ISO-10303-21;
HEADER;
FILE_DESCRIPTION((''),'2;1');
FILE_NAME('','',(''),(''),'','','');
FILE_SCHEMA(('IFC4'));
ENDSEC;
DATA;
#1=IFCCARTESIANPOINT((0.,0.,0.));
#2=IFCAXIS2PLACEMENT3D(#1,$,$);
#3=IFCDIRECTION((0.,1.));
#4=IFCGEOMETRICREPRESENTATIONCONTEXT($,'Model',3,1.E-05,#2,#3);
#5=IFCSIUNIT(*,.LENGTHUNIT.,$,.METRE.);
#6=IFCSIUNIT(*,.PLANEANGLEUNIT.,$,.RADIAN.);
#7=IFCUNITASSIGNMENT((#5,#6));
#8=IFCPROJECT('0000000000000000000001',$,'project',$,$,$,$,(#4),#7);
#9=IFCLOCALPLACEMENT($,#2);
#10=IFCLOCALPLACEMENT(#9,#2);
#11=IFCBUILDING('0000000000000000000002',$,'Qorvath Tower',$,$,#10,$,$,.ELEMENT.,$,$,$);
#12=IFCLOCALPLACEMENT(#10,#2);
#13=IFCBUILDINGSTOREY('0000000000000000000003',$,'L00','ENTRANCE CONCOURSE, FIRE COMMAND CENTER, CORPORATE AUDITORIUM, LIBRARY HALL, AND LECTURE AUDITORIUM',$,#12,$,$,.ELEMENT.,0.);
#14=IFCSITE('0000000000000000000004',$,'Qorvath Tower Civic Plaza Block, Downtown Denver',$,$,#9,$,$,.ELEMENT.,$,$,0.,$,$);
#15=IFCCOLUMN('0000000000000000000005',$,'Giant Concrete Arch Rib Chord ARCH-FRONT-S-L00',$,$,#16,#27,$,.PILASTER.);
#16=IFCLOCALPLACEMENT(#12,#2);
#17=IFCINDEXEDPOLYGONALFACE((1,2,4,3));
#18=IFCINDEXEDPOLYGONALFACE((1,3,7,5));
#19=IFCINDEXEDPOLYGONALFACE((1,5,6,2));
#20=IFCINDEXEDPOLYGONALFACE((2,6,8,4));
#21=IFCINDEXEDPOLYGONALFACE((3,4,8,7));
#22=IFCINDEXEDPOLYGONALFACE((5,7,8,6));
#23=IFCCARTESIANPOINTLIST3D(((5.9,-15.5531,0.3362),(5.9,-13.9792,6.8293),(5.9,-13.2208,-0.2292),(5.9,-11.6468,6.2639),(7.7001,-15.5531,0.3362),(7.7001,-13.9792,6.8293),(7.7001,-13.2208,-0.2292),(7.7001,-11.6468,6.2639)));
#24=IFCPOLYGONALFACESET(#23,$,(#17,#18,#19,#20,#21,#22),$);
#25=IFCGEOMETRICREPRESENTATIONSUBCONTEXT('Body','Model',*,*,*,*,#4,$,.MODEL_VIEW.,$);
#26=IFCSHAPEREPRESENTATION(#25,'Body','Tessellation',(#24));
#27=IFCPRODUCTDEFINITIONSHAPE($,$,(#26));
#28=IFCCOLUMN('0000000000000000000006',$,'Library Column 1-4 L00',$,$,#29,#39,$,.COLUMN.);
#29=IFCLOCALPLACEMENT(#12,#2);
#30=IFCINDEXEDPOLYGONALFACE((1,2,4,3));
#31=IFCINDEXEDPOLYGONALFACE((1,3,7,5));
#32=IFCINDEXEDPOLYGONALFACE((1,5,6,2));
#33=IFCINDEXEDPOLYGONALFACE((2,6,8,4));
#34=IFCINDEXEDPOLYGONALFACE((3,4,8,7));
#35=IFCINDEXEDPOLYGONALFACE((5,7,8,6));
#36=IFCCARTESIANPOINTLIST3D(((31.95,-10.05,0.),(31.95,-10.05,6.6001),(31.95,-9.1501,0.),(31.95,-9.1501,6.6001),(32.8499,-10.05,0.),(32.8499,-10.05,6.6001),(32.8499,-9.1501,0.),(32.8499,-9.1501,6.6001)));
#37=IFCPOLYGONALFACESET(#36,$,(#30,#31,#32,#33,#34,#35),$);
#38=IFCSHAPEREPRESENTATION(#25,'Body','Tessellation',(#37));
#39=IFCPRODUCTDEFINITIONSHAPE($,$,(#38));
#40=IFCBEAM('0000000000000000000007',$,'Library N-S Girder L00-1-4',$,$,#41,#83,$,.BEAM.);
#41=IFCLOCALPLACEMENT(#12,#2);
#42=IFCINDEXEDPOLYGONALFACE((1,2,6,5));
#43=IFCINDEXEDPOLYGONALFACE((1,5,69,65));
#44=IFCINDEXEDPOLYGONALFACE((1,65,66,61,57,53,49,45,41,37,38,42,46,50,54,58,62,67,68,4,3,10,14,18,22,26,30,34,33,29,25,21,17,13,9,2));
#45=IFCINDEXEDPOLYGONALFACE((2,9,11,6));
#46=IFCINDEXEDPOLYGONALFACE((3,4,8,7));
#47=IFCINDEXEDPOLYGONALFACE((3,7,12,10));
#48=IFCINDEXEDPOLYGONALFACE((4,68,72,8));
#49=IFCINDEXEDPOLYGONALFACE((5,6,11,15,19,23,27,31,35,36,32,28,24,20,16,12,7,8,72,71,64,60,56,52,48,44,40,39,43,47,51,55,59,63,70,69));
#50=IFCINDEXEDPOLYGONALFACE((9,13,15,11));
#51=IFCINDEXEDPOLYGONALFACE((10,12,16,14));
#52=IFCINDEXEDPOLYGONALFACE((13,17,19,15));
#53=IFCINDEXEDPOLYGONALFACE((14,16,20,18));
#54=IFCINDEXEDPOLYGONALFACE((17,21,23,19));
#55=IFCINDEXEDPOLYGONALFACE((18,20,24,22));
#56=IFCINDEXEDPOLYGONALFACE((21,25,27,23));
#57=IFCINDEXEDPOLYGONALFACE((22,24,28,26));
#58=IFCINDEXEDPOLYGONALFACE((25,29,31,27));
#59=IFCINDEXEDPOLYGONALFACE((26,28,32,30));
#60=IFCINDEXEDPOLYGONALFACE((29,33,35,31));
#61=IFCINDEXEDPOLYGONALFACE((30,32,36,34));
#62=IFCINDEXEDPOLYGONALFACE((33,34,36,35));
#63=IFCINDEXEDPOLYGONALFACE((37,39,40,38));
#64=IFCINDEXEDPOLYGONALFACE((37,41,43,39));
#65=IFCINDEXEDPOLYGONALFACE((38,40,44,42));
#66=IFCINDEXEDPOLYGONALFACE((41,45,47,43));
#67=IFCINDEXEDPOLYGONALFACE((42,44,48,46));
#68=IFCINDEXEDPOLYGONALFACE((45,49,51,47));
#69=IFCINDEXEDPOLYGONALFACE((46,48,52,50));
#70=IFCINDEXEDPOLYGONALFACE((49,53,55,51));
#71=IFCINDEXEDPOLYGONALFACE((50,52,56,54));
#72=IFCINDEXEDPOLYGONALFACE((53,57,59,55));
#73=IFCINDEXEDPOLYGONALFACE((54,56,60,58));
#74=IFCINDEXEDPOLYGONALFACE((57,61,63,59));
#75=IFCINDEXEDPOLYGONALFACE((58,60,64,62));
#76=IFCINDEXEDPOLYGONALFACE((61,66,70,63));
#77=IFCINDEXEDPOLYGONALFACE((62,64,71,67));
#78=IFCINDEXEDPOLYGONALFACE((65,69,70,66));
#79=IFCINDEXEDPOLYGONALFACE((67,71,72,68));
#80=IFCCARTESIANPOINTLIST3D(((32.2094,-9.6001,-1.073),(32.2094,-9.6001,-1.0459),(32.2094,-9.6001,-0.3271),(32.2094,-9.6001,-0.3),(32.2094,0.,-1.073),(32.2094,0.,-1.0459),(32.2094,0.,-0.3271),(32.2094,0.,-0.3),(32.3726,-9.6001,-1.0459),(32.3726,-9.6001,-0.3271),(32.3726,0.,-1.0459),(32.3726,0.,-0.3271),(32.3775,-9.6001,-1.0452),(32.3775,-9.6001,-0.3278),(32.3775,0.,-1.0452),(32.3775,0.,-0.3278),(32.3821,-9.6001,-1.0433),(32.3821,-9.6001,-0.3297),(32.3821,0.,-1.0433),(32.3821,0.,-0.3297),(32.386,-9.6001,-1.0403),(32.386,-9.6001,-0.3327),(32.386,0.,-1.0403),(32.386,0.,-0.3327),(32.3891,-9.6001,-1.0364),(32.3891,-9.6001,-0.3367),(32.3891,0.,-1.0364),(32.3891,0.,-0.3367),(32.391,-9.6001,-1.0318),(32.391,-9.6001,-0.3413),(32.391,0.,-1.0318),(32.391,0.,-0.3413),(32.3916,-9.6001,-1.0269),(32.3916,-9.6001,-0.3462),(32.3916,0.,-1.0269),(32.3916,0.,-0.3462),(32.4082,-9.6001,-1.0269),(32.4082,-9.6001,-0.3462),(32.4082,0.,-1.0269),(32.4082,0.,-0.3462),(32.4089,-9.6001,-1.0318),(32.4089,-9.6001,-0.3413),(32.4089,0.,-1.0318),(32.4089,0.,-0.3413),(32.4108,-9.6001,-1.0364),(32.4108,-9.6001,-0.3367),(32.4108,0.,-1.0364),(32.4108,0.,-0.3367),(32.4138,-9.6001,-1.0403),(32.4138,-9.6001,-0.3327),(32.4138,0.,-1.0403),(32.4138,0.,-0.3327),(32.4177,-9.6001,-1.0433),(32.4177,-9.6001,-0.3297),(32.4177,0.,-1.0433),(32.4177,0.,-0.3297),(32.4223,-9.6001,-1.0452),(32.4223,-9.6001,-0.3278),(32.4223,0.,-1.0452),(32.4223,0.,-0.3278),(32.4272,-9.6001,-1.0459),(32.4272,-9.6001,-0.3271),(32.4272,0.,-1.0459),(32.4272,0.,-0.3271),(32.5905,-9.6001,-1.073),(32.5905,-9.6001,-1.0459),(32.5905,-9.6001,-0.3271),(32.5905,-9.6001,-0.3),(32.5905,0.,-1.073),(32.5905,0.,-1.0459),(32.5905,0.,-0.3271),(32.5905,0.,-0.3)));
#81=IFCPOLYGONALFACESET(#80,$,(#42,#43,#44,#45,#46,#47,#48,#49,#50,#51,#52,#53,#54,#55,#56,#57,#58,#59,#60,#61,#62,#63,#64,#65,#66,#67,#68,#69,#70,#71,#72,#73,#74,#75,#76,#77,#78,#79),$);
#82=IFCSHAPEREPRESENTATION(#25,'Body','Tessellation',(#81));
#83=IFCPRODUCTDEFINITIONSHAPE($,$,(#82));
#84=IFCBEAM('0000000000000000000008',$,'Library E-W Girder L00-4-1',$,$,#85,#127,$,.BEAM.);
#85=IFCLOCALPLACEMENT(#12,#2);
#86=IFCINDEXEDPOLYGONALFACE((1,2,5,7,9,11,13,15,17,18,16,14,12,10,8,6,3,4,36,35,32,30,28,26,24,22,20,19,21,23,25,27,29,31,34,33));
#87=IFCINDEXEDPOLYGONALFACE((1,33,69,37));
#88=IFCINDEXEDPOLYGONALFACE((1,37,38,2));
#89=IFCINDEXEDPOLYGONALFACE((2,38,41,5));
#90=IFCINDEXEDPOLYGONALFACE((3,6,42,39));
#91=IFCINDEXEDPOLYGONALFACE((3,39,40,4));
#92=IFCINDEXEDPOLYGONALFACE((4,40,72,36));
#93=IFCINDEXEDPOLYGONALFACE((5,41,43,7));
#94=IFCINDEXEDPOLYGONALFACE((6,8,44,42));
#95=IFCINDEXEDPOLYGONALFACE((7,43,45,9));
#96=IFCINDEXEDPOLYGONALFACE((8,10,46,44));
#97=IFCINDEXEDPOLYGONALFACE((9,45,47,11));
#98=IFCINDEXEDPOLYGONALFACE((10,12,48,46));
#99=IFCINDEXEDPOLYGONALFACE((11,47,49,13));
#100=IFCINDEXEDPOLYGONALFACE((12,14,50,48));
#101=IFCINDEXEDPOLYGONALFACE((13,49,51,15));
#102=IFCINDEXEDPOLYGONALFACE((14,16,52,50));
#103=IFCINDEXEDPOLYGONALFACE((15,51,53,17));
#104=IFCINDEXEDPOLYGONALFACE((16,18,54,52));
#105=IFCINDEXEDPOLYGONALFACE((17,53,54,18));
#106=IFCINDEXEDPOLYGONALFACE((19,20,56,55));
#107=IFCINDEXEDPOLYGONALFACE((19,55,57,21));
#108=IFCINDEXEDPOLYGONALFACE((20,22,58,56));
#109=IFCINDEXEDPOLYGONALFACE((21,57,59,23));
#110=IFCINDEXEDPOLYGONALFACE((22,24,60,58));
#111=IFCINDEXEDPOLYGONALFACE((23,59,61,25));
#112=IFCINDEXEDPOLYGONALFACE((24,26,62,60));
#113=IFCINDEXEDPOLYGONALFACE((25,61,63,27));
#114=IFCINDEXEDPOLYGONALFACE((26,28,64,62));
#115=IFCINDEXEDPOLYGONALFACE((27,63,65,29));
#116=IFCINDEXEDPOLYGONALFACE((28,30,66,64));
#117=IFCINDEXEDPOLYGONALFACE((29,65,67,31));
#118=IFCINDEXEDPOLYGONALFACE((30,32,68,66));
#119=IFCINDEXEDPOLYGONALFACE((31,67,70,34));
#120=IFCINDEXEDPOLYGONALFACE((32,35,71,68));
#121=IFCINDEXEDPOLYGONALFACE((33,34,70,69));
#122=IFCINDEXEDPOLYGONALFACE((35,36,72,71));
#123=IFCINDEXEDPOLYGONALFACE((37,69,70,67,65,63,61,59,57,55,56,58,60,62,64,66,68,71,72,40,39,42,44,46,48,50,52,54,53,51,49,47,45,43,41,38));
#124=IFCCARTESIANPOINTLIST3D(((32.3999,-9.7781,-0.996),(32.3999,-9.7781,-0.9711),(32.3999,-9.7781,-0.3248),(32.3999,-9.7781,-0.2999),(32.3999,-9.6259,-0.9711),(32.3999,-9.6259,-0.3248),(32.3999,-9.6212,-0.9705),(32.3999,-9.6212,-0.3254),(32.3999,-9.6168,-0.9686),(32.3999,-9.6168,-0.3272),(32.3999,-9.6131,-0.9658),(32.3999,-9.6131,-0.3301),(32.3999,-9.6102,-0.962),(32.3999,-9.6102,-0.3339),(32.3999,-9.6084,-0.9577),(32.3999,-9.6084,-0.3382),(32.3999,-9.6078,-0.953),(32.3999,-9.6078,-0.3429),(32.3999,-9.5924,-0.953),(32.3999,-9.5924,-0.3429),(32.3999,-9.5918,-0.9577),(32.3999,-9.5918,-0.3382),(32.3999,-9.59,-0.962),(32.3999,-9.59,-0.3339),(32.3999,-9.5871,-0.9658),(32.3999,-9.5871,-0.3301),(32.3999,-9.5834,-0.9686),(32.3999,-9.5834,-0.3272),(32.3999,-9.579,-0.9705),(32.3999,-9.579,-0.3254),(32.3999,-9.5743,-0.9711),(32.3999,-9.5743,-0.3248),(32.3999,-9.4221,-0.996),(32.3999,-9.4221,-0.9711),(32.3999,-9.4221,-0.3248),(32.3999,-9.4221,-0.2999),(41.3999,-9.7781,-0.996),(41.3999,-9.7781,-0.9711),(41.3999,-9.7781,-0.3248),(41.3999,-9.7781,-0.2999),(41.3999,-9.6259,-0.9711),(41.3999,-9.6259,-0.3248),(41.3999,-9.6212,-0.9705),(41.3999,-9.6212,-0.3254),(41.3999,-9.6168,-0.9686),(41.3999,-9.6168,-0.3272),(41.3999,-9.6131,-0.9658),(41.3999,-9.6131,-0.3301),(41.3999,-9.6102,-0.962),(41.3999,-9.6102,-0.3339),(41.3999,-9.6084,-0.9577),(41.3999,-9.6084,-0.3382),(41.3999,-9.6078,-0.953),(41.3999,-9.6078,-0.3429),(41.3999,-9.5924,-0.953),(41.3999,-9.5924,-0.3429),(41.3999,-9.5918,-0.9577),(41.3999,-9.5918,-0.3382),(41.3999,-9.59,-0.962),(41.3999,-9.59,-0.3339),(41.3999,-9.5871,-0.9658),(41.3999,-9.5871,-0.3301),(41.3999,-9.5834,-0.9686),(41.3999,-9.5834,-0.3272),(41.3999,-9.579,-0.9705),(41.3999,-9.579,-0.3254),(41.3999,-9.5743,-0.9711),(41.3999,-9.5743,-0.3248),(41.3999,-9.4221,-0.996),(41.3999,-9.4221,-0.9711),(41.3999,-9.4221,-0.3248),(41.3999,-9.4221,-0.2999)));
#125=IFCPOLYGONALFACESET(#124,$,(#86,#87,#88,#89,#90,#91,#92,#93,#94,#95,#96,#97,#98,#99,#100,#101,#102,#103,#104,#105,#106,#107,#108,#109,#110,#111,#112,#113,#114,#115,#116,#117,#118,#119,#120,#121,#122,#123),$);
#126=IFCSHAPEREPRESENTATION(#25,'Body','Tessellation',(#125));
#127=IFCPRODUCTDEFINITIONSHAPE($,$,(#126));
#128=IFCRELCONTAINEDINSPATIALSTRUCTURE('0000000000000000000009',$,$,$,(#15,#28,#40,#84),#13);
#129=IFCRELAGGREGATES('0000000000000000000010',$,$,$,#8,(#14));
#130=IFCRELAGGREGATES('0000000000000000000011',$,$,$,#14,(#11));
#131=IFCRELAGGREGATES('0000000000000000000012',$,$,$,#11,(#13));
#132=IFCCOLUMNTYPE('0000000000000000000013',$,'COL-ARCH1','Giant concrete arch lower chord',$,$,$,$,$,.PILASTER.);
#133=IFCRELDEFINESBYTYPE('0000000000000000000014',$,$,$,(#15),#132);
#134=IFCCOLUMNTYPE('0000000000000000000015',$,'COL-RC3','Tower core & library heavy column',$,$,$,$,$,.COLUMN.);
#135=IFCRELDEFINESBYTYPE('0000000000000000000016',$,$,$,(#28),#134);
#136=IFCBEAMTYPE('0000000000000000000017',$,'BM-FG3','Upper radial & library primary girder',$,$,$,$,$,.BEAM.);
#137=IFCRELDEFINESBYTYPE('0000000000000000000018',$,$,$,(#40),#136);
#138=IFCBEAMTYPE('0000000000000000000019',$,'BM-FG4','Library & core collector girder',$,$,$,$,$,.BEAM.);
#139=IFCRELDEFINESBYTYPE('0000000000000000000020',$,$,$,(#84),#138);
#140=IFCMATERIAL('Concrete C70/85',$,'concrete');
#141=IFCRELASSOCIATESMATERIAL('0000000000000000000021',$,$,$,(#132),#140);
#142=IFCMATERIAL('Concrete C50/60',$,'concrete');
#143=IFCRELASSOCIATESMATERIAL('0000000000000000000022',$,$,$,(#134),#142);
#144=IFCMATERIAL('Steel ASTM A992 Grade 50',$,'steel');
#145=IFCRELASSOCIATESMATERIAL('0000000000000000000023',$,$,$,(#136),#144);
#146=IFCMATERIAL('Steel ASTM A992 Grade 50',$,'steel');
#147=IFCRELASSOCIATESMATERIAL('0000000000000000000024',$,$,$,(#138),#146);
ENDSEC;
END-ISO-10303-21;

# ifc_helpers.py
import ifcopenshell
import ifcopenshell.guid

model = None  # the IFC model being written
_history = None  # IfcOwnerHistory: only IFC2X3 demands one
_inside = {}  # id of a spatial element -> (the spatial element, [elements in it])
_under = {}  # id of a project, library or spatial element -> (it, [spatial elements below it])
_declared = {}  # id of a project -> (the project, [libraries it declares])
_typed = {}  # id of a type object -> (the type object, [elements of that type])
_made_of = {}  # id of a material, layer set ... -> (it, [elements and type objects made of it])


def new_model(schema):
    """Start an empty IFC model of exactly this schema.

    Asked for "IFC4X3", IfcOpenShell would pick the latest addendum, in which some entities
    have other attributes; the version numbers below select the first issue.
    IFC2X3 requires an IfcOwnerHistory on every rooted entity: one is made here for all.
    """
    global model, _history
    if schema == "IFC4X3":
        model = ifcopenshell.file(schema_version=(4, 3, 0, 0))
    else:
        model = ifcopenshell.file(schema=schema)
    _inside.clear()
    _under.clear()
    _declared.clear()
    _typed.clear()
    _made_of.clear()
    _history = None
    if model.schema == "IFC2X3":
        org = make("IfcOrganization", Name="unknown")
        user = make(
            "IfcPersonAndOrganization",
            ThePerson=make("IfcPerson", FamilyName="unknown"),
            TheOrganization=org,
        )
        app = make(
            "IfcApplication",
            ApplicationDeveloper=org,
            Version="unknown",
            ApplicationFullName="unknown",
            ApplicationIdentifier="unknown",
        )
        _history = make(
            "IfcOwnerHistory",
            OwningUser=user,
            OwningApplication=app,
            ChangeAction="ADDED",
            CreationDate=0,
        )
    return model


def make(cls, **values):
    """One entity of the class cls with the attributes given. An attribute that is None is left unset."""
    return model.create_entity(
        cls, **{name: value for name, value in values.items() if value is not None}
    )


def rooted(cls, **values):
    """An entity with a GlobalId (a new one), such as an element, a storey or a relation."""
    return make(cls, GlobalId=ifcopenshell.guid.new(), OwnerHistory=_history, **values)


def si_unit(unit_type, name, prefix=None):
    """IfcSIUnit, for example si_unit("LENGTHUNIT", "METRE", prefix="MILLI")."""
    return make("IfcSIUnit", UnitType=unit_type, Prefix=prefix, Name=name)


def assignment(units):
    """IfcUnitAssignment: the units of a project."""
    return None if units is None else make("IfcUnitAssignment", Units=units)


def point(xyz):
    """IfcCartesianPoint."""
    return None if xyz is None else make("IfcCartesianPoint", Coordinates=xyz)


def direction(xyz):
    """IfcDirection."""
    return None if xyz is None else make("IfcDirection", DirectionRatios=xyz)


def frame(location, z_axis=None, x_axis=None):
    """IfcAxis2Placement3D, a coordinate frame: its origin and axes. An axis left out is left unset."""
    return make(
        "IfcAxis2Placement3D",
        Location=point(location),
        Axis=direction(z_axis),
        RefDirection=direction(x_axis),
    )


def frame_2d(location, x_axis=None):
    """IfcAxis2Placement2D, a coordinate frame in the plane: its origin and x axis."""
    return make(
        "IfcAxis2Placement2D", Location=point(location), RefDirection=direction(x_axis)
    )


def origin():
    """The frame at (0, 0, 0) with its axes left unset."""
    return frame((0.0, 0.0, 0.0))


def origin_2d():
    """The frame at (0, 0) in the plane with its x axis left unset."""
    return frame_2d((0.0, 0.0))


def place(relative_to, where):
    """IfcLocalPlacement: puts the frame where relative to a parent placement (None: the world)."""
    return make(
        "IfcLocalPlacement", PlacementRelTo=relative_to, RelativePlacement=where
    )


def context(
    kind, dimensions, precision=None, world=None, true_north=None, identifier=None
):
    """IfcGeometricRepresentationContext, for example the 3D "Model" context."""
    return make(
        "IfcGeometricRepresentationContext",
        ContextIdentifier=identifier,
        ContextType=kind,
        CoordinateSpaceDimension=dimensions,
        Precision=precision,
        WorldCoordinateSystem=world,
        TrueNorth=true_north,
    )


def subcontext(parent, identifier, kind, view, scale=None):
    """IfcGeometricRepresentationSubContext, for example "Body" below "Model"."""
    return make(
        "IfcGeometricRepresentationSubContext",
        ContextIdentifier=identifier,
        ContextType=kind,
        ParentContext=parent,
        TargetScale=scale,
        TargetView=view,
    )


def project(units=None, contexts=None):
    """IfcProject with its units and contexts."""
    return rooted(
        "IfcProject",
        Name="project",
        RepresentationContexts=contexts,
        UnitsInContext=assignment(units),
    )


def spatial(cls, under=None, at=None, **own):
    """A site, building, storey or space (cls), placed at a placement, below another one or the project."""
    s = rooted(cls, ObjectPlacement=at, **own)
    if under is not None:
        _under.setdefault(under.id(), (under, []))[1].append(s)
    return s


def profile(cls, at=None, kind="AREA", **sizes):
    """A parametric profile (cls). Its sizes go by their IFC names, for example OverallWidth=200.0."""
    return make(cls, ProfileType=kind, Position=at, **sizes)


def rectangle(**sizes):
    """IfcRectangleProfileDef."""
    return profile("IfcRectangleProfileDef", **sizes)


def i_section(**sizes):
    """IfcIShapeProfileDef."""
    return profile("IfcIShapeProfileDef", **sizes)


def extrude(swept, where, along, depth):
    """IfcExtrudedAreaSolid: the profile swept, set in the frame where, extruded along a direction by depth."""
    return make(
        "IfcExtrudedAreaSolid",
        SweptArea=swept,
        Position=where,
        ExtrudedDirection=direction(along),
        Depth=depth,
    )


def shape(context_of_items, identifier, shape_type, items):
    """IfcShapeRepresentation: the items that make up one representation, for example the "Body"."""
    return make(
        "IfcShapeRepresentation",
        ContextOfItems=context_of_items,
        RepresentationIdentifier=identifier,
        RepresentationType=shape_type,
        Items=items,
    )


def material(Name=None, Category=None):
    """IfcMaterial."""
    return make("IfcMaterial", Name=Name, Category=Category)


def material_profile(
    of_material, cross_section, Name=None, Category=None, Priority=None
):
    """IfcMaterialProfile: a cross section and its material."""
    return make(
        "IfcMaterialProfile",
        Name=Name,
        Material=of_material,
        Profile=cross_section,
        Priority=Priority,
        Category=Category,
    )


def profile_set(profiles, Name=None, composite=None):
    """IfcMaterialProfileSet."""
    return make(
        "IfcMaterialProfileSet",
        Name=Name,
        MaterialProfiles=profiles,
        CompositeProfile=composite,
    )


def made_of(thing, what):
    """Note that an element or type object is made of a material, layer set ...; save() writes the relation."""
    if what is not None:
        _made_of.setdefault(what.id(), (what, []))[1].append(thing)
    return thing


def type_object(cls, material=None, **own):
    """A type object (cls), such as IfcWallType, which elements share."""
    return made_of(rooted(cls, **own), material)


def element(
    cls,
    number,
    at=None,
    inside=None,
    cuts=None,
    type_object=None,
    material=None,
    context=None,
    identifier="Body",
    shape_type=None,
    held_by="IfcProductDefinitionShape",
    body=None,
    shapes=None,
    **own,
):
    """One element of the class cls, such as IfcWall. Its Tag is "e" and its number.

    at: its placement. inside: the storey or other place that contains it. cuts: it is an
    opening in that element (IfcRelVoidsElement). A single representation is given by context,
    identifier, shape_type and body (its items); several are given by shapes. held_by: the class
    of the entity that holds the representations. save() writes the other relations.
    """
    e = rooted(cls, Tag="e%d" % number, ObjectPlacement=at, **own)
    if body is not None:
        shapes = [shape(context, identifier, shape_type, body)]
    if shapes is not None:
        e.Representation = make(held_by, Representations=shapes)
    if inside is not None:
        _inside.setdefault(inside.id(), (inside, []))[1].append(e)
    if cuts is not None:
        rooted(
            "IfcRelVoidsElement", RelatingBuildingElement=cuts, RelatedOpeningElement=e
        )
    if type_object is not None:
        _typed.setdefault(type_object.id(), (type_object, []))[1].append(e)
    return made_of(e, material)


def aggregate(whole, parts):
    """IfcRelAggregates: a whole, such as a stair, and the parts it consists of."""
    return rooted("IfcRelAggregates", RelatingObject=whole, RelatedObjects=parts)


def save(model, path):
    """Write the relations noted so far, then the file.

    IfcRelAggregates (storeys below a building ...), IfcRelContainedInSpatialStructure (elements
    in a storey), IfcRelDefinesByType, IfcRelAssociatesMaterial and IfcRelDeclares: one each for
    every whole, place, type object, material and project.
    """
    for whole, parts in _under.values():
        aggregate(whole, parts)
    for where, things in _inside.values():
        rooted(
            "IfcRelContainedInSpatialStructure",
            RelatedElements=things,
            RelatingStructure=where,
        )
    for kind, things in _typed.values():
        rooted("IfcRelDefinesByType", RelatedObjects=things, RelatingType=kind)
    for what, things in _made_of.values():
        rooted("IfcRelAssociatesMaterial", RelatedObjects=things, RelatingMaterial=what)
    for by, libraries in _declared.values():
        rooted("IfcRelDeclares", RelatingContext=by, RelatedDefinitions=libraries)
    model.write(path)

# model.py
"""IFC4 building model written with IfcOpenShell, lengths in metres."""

from ifc_helpers import new_model, si_unit, direction, frame, origin, origin_2d, place, context, subcontext, project, spatial, rectangle, i_section, extrude, material, material_profile, profile_set, type_object, element, save


model = new_model("IFC4")

# Units and contexts
model_context = context("Model", 3, precision=1e-05, world=origin(), true_north=direction((0.0, 1.0)))
body_context = subcontext(model_context, "Body", "Model", "MODEL_VIEW")
ifc_project = project(units=[si_unit("LENGTHUNIT", "METRE"), si_unit("PLANEANGLEUNIT", "RADIAN")], contexts=[model_context])

# Site, building, storey
site_placement = place(None, origin())
site = spatial("IfcSite", under=ifc_project, at=site_placement, Name="Qorvath Tower Civic Plaza Block, Downtown Denver", CompositionType="ELEMENT", RefElevation=0.0)
building_placement = place(site_placement, origin())
building = spatial("IfcBuilding", under=site, at=building_placement, Name="Qorvath Tower", CompositionType="ELEMENT")
storey_placement = place(building_placement, origin())
storey = spatial("IfcBuildingStorey", under=building, at=storey_placement, Name="L00", Description="ENTRANCE CONCOURSE, FIRE COMMAND CENTER, CORPORATE AUDITORIUM, LIBRARY HALL, AND LECTURE AUDITORIUM", CompositionType="ELEMENT", Elevation=0.0)

# Columns
ifc_material_1 = material(Name="Concrete C70/85", Category="concrete")
ifc_material_profile_1 = material_profile(ifc_material_1, rectangle(XDim=1.8, YDim=2.3999, at=origin_2d()), Name="ARCH 2400x1800")
ifc_profile_set_1 = profile_set([ifc_material_profile_1], Name="Concrete C70/85")
column_type_1 = type_object("IfcColumnType", Name="COL-ARCH1", Description="Giant concrete arch lower chord", PredefinedType="PILASTER", material=ifc_profile_set_1)
column_1_placement = place(storey_placement, frame((6.8, -14.387, 0.0535), z_axis=(0.0, 0.235582, 0.971854), x_axis=(-1.0, 0.0, 0.0)))
element("IfcColumn", 1, at=column_1_placement, inside=storey, type_object=column_type_1, Name="Giant Concrete Arch Rib Chord ARCH-FRONT-S-L00", PredefinedType="PILASTER", context=body_context, shape_type="SweptSolid", body=[
    extrude(rectangle(XDim=1.8, YDim=2.3999, at=origin_2d()), origin(), (0.0, 0.0, 1.0), 6.6812),
])
ifc_material_2 = material(Name="Concrete C50/60", Category="concrete")
ifc_material_profile_2 = material_profile(ifc_material_2, rectangle(XDim=0.8999, YDim=0.8999, at=origin_2d()), Name="RC 900x900")
ifc_profile_set_2 = profile_set([ifc_material_profile_2], Name="Concrete C50/60")
column_type_2 = type_object("IfcColumnType", Name="COL-RC3", Description="Tower core & library heavy column", PredefinedType="COLUMN", material=ifc_profile_set_2)
column_2_placement = place(storey_placement, frame((32.3999, -9.6001, 0.0), z_axis=(0.0, 0.0, 1.0), x_axis=(1.0, 0.0, 0.0)))
element("IfcColumn", 2, at=column_2_placement, inside=storey, type_object=column_type_2, Name="Library Column 1-4 L00", PredefinedType="COLUMN", context=body_context, shape_type="SweptSolid", body=[
    extrude(rectangle(XDim=0.8999, YDim=0.8999, at=origin_2d()), origin(), (0.0, 0.0, 1.0), 6.6001),
])

# Beams
ifc_material_3 = material(Name="Steel ASTM A992 Grade 50", Category="steel")
ifc_material_profile_3 = material_profile(ifc_material_3, i_section(OverallWidth=0.3811, OverallDepth=0.7729, WebThickness=0.0166, FlangeThickness=0.0271, FilletRadius=0.019, at=origin_2d()), Name="W30x173")
ifc_profile_set_3 = profile_set([ifc_material_profile_3], Name="Steel ASTM A992 Grade 50")
beam_type_1 = type_object("IfcBeamType", Name="BM-FG3", Description="Upper radial & library primary girder", PredefinedType="BEAM", material=ifc_profile_set_3)
beam_1_placement = place(storey_placement, frame((32.3999, -9.6001, -0.6865), z_axis=(0.0, 1.0, 0.0), x_axis=(-1.0, 0.0, 0.0)))
element("IfcBeam", 3, at=beam_1_placement, inside=storey, type_object=beam_type_1, Name="Library N-S Girder L00-1-4", PredefinedType="BEAM", context=body_context, shape_type="SweptSolid", body=[
    extrude(i_section(OverallWidth=0.3811, OverallDepth=0.7729, WebThickness=0.0166, FlangeThickness=0.0271, FilletRadius=0.019, at=origin_2d()), origin(), (0.0, 0.0, 1.0), 9.6001),
])
ifc_material_4 = material(Name="Steel ASTM A992 Grade 50", Category="steel")
ifc_material_profile_4 = material_profile(ifc_material_4, i_section(OverallWidth=0.356, OverallDepth=0.696, WebThickness=0.0154, FlangeThickness=0.0249, FilletRadius=0.0181, at=origin_2d()), Name="W27x146")
ifc_profile_set_4 = profile_set([ifc_material_profile_4], Name="Steel ASTM A992 Grade 50")
beam_type_2 = type_object("IfcBeamType", Name="BM-FG4", Description="Library & core collector girder", PredefinedType="BEAM", material=ifc_profile_set_4)
beam_2_placement = place(storey_placement, frame((32.3999, -9.6001, -0.6479), z_axis=(1.0, 0.0, 0.0), x_axis=(0.0, 1.0, 0.0)))
element("IfcBeam", 4, at=beam_2_placement, inside=storey, type_object=beam_type_2, Name="Library E-W Girder L00-4-1", PredefinedType="BEAM", context=body_context, shape_type="SweptSolid", body=[
    extrude(i_section(OverallWidth=0.356, OverallDepth=0.696, WebThickness=0.0154, FlangeThickness=0.0249, FilletRadius=0.0181, at=origin_2d()), origin(), (0.0, 0.0, 1.0), 9.0),
])

save(model, "model.ifc")
